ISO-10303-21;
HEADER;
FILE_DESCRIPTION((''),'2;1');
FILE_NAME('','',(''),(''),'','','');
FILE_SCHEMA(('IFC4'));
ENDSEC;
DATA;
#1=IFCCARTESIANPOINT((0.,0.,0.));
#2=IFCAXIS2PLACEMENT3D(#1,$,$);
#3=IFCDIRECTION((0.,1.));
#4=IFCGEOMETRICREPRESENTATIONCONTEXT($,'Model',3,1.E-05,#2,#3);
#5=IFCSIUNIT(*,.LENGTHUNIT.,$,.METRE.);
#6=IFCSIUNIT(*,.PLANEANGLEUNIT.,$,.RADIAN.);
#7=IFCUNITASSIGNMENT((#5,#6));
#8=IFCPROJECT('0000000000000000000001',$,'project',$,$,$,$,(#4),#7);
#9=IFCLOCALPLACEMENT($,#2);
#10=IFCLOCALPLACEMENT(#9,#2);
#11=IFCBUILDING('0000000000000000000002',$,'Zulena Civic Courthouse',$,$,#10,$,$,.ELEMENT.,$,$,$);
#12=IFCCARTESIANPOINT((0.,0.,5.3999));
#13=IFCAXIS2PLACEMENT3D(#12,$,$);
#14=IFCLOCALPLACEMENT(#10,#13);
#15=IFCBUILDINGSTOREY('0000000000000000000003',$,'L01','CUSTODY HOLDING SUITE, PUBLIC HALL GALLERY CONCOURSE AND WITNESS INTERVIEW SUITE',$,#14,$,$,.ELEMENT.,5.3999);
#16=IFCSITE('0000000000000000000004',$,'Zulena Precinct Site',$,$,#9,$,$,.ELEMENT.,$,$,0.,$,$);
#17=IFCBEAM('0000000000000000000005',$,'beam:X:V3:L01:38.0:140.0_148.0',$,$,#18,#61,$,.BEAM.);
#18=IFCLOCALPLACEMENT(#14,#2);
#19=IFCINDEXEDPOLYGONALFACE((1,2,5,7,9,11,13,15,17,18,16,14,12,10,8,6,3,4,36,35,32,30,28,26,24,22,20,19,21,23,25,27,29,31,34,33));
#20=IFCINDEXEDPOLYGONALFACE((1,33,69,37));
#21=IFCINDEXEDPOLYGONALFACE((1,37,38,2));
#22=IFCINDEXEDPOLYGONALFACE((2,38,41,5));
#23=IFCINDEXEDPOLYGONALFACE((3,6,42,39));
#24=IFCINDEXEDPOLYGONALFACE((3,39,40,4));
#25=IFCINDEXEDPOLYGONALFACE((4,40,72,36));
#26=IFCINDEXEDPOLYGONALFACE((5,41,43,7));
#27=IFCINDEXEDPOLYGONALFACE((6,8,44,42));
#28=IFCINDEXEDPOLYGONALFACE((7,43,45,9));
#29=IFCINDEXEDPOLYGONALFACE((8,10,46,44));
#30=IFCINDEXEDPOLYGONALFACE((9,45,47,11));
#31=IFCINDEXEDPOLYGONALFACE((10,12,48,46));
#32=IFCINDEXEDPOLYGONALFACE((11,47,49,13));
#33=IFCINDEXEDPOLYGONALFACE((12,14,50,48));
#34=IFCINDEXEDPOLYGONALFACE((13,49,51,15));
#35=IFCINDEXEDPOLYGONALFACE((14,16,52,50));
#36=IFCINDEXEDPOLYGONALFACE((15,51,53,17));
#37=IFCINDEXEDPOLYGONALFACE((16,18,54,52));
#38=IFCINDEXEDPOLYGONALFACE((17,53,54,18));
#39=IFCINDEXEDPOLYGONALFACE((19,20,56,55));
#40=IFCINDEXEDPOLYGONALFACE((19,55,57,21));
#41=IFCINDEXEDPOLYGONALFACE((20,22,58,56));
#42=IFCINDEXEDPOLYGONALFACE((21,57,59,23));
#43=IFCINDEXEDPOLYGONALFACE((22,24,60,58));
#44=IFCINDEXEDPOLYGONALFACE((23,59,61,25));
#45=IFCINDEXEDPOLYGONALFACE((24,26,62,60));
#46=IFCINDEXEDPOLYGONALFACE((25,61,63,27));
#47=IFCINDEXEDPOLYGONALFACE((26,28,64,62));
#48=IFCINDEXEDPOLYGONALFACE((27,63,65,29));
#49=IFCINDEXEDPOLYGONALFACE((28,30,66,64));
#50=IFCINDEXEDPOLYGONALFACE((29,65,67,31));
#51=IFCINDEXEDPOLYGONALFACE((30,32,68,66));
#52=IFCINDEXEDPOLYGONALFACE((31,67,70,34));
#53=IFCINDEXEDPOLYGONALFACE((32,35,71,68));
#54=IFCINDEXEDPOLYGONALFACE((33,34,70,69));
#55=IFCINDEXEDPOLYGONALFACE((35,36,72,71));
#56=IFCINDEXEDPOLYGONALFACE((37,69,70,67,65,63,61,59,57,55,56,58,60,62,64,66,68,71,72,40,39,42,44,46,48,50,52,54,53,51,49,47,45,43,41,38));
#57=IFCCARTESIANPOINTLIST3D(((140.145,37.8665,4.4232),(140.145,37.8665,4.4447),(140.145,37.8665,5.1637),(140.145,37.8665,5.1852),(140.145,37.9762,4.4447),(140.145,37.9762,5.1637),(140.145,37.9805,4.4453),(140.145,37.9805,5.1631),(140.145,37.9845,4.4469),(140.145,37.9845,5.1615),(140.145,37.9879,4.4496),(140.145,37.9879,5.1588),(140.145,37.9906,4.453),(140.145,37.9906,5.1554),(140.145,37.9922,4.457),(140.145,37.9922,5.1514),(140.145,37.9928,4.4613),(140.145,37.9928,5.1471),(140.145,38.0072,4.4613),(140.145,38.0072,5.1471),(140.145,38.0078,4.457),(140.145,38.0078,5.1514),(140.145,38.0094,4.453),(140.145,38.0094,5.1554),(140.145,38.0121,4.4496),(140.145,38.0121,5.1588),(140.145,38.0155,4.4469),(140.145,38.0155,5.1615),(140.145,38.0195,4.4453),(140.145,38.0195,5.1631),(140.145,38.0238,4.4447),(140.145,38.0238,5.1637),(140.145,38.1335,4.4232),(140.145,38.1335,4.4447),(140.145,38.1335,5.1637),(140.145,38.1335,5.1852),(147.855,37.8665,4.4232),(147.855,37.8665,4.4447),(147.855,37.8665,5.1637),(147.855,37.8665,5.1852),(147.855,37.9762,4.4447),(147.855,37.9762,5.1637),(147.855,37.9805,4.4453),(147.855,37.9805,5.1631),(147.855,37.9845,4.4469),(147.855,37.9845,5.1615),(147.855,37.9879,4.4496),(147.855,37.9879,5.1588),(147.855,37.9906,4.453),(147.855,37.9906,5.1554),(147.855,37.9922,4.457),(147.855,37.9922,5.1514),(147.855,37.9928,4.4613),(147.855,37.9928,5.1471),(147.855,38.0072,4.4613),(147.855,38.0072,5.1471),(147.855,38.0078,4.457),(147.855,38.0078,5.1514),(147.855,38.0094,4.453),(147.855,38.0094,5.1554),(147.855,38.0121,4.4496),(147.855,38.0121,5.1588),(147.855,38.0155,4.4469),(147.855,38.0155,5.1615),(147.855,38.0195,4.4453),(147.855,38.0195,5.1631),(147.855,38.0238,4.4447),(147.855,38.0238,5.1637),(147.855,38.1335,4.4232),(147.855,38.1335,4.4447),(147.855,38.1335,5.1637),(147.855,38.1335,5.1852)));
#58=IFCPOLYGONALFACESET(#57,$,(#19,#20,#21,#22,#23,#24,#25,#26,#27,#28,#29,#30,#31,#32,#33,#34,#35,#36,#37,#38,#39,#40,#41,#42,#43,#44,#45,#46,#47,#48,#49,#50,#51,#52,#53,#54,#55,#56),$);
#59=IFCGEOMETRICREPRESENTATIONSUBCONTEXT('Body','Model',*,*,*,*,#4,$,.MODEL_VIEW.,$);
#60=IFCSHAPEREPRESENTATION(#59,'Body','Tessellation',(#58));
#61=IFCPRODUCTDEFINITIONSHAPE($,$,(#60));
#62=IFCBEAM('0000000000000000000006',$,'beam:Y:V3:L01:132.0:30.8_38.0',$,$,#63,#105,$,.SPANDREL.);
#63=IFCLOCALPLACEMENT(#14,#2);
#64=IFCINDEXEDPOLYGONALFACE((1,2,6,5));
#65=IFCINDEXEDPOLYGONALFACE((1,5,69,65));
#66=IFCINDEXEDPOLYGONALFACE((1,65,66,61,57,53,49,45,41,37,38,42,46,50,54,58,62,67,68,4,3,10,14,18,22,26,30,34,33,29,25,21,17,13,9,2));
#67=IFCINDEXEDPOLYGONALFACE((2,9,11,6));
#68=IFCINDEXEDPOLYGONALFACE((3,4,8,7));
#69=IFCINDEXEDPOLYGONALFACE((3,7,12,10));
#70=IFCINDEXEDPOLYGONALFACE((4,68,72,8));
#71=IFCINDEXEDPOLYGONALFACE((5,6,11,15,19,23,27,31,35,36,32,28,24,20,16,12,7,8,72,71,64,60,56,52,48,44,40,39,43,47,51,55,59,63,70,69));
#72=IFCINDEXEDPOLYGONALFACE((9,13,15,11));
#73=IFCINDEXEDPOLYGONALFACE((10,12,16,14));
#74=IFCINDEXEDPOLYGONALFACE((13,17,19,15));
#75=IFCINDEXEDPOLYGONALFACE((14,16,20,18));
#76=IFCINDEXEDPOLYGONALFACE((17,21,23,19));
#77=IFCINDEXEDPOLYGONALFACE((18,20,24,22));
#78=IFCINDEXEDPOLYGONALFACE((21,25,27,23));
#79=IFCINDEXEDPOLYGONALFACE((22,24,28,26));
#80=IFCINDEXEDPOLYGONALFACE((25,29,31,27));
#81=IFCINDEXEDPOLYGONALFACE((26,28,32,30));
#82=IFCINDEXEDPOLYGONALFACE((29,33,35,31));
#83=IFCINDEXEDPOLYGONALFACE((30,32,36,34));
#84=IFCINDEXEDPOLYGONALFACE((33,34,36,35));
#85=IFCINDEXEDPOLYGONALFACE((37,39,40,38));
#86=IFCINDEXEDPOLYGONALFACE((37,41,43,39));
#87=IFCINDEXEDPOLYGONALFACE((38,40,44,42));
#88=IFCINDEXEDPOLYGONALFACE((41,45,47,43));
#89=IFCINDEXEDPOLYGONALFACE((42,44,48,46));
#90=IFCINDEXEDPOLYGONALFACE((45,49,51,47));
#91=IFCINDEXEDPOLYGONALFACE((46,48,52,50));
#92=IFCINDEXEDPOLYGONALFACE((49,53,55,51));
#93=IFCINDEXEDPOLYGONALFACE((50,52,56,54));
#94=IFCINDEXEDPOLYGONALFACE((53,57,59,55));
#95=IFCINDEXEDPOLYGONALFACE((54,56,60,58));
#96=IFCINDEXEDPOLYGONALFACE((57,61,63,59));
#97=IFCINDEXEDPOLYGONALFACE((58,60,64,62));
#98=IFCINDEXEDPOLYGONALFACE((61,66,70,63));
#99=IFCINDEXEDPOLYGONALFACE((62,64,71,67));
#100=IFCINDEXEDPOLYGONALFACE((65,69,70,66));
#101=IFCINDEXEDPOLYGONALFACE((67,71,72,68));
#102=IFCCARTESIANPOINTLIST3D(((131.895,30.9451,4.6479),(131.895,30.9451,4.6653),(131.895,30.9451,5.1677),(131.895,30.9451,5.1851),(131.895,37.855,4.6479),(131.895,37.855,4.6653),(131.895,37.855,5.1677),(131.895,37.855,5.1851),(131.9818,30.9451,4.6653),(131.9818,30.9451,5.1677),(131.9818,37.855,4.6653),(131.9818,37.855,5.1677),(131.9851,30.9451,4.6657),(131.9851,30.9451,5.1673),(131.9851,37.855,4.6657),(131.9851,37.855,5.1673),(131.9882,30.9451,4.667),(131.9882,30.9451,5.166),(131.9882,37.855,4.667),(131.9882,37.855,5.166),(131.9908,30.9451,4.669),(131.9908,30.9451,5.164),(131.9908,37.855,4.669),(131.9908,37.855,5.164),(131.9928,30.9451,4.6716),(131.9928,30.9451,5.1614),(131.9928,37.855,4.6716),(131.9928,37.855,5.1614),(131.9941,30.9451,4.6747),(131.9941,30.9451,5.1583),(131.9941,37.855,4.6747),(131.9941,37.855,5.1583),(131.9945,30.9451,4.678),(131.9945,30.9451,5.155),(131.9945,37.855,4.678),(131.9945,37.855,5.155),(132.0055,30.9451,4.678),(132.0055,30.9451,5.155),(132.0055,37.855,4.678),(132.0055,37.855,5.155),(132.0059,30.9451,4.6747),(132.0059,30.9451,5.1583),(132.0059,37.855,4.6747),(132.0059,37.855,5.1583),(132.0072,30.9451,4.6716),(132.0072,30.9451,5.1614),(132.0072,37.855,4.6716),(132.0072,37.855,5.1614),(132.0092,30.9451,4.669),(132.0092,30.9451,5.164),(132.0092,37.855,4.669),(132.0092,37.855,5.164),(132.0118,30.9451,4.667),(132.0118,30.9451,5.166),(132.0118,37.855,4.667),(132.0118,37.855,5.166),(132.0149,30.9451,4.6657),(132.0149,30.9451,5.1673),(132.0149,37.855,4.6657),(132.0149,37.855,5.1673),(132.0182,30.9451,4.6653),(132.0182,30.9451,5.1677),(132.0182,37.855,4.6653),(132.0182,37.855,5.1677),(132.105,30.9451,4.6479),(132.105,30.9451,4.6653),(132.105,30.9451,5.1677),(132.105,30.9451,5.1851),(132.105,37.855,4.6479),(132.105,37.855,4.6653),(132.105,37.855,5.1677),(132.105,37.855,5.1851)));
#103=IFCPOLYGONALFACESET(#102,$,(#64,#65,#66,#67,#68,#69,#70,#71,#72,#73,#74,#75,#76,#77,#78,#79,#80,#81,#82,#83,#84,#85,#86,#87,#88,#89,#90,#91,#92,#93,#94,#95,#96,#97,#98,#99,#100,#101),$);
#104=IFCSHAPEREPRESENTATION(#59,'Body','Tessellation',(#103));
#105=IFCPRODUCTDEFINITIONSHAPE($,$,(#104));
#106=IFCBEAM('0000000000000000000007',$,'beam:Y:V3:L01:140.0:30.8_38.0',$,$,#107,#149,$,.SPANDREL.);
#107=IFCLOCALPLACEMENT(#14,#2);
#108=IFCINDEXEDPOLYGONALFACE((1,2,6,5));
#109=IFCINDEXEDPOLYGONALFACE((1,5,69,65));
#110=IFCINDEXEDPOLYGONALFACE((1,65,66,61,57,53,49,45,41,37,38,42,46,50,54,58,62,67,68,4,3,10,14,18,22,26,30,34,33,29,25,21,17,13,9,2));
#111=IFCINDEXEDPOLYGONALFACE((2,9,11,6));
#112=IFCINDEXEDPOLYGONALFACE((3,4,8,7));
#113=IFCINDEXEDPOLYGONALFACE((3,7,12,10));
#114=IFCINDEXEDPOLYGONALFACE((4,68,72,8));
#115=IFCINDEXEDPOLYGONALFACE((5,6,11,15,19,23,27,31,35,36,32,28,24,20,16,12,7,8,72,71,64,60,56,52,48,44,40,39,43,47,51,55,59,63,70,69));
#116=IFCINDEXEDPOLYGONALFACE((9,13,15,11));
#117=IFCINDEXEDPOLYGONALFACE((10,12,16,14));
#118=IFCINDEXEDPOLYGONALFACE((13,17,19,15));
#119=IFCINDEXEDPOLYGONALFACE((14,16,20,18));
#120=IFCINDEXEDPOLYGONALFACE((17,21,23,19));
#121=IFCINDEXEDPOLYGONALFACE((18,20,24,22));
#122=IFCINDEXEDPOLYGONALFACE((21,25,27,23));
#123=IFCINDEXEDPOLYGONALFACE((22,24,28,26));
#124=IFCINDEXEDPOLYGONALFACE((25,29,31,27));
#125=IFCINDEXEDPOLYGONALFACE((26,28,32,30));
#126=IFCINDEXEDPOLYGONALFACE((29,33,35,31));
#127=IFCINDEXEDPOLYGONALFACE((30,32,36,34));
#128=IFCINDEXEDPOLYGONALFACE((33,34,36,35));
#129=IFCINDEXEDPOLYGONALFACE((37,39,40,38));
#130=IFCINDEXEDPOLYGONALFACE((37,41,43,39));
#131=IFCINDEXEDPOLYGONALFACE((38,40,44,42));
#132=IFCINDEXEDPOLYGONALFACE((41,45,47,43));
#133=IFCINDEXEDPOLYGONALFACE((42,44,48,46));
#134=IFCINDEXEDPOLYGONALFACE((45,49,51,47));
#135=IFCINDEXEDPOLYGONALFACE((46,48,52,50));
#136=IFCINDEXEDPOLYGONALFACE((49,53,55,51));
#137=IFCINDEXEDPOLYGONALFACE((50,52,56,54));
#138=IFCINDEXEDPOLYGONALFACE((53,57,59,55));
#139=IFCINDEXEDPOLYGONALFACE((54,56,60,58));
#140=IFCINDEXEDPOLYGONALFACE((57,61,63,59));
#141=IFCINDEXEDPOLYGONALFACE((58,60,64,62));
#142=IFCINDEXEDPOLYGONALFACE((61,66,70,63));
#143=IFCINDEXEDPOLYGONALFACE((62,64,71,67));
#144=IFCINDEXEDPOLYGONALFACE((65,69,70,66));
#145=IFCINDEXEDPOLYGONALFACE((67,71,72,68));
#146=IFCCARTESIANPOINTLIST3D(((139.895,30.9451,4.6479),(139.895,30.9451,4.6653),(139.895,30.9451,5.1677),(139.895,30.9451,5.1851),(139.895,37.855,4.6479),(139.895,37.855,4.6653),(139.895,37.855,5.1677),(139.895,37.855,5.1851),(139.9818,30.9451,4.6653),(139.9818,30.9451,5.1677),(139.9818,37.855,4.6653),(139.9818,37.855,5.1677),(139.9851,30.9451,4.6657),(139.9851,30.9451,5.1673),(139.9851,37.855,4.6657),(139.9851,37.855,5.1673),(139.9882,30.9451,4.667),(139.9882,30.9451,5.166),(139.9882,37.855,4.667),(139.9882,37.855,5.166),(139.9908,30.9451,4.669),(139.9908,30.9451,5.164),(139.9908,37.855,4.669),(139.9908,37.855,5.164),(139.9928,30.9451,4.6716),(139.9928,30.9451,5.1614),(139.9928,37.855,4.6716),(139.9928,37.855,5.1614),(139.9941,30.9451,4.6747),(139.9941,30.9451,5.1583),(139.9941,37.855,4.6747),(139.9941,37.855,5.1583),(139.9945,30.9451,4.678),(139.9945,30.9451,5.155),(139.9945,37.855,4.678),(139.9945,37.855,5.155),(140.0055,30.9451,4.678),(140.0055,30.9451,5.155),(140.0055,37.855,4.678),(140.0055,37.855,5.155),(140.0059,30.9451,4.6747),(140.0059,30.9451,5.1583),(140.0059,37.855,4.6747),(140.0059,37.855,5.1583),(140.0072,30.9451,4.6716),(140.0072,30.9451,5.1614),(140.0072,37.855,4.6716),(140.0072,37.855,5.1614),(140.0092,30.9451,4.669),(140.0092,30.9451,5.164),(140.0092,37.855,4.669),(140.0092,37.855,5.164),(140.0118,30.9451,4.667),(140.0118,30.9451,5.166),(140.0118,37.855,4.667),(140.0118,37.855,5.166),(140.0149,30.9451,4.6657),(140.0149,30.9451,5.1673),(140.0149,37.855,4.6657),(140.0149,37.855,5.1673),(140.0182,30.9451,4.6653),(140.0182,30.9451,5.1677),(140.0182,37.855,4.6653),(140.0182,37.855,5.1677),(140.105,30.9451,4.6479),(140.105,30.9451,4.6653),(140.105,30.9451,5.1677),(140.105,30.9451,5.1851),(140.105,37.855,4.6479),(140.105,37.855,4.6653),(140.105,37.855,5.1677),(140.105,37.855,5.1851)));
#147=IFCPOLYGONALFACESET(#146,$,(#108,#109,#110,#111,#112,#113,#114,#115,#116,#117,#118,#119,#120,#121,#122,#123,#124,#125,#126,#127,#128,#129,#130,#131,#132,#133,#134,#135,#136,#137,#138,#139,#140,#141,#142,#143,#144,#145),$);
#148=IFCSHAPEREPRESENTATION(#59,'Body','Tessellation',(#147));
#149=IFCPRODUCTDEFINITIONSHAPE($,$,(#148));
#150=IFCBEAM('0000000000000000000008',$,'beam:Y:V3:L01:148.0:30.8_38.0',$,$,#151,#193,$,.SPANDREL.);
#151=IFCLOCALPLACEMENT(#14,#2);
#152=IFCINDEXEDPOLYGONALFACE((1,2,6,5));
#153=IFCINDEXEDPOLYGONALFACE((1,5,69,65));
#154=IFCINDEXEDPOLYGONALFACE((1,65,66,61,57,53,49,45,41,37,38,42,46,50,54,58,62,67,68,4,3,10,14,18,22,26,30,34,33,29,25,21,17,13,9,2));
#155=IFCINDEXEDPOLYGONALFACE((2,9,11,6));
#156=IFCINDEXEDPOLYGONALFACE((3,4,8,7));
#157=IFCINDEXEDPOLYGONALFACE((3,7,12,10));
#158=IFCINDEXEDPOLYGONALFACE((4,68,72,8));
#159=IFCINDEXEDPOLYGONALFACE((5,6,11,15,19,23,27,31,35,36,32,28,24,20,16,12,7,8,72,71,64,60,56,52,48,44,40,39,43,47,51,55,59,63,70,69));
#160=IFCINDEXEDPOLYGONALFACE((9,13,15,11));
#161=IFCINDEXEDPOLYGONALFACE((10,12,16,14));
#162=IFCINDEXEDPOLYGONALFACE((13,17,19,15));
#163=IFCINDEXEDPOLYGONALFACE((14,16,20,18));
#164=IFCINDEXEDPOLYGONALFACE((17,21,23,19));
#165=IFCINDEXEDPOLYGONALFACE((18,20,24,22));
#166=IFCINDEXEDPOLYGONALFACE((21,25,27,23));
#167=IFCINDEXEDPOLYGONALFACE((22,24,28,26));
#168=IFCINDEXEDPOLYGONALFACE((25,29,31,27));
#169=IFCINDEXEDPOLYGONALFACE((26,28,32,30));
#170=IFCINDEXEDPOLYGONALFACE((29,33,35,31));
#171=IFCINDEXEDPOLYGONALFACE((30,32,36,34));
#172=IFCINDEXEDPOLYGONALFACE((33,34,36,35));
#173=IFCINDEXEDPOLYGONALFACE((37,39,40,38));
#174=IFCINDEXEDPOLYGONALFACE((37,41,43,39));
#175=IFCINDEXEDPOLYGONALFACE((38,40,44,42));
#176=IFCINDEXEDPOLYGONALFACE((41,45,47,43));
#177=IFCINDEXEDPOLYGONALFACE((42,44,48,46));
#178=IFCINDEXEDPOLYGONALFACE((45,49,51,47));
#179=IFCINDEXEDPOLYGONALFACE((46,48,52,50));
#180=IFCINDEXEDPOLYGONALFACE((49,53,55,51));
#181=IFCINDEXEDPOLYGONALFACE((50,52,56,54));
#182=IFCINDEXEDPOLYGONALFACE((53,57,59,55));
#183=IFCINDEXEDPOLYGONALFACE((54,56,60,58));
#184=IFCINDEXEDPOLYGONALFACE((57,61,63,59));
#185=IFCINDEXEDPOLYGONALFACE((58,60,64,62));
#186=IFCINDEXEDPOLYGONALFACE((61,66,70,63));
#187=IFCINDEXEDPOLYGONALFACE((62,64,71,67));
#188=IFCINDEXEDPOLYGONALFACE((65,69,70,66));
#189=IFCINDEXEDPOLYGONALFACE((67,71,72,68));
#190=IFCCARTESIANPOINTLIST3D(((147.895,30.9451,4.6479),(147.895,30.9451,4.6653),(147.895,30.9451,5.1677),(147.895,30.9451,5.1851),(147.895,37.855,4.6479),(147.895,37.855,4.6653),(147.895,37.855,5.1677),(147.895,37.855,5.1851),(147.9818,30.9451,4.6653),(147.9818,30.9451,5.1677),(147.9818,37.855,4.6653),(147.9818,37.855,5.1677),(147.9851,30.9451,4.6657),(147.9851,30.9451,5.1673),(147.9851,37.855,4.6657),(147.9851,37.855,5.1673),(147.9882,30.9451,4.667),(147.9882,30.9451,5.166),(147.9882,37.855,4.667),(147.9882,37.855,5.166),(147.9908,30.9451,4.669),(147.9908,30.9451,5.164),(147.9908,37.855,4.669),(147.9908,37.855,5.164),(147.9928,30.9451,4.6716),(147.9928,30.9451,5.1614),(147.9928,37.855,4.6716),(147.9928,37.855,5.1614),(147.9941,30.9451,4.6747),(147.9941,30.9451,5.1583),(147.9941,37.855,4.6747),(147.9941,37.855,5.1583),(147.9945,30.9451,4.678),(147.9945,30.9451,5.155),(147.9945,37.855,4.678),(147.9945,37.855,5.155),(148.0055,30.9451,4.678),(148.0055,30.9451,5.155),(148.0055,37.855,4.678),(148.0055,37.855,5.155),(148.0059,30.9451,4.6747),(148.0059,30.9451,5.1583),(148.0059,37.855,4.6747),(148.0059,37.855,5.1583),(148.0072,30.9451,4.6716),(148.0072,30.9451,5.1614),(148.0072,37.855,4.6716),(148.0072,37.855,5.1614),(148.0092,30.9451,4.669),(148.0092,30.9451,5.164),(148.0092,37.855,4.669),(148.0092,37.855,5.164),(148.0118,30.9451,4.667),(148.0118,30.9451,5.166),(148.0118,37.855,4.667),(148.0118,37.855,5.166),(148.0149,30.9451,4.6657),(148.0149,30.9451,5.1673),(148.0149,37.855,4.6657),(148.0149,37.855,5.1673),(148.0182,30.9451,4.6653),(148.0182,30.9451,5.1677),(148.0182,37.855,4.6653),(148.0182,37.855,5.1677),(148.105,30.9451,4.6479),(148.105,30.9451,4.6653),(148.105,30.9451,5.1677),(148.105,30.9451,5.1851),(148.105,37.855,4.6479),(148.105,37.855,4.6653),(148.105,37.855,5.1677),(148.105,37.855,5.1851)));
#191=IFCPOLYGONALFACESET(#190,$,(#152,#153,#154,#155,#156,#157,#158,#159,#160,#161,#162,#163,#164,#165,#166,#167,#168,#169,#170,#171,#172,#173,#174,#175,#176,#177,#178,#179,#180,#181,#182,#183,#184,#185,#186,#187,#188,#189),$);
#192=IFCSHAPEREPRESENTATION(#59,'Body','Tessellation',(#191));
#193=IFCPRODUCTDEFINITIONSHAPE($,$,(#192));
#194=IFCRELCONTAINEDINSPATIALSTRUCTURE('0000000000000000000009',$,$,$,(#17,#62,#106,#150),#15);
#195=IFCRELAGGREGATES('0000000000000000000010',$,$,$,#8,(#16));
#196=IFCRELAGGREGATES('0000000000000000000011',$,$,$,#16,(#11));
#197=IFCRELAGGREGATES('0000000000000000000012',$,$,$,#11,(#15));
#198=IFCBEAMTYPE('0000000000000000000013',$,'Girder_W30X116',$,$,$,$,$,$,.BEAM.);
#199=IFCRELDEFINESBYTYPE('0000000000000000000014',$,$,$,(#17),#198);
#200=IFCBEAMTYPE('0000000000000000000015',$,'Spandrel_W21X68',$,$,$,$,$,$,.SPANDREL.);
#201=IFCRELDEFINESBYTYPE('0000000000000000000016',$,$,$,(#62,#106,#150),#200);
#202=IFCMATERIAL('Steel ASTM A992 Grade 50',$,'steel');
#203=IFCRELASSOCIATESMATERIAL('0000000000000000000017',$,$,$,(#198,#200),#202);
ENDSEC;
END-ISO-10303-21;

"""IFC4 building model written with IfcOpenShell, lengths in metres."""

from ifc_helpers import new_model, si_unit, direction, frame, origin, origin_2d, place, context, subcontext, project, spatial, i_section, extrude, material, material_profile, profile_set, type_object, element, save


model = new_model("IFC4")

# Units and contexts
model_context = context("Model", 3, precision=1e-05, world=origin(), true_north=direction((0.0, 1.0)))
body_context = subcontext(model_context, "Body", "Model", "MODEL_VIEW")
ifc_project = project(units=[si_unit("LENGTHUNIT", "METRE"), si_unit("PLANEANGLEUNIT", "RADIAN")], contexts=[model_context])

# Site, building, storey
site_placement = place(None, origin())
site = spatial("IfcSite", under=ifc_project, at=site_placement, Name="Zulena Precinct Site", CompositionType="ELEMENT", RefElevation=0.0)
building_placement = place(site_placement, origin())
building = spatial("IfcBuilding", under=site, at=building_placement, Name="Zulena Civic Courthouse", CompositionType="ELEMENT")
storey_placement = place(building_placement, frame((0.0, 0.0, 5.3999)))
storey = spatial("IfcBuildingStorey", under=building, at=storey_placement, Name="L01", Description="CUSTODY HOLDING SUITE, PUBLIC HALL GALLERY CONCOURSE AND WITNESS INTERVIEW SUITE", CompositionType="ELEMENT", Elevation=5.3999)

# Shared definitions
ifc_material_1 = material(Name="Steel ASTM A992 Grade 50", Category="steel")

# Beams
ifc_material_profile_1 = material_profile(ifc_material_1, i_section(OverallWidth=0.2671, OverallDepth=0.762, WebThickness=0.0144, FlangeThickness=0.0215, FilletRadius=0.0166, at=origin_2d()), Name="W30X116")
ifc_profile_set_1 = profile_set([ifc_material_profile_1], Name="Steel ASTM A992 Grade 50")
beam_type_1 = type_object("IfcBeamType", Name="Girder_W30X116", PredefinedType="BEAM", material=ifc_profile_set_1)
for number, where, z_axis, x_axis, name in (
    (1, (140.145, 38.0, 4.8042), (1.0, 0.0, 0.0), (0.0, 1.0, 0.0), "beam:X:V3:L01:38.0:140.0_148.0"),
):
    element("IfcBeam", number, at=place(storey_placement, frame(where, z_axis=z_axis, x_axis=x_axis)), inside=storey, type_object=beam_type_1, Name=name, PredefinedType="BEAM", context=body_context, shape_type="SweptSolid", body=[
        extrude(i_section(OverallWidth=0.2671, OverallDepth=0.762, WebThickness=0.0144, FlangeThickness=0.0215, FilletRadius=0.0166, at=origin_2d()), origin(), (0.0, 0.0, 1.0), 7.71),
    ])
ifc_material_profile_2 = material_profile(ifc_material_1, i_section(OverallWidth=0.21, OverallDepth=0.5371, WebThickness=0.011, FlangeThickness=0.0173, FilletRadius=0.0127, at=origin_2d()), Name="W21X68")
ifc_profile_set_2 = profile_set([ifc_material_profile_2], Name="Steel ASTM A992 Grade 50")
beam_type_2 = type_object("IfcBeamType", Name="Spandrel_W21X68", PredefinedType="SPANDREL", material=ifc_profile_set_2)
for number, where, z_axis, x_axis, name in (
    (2, (132.0, 30.9451, 4.9165), (0.0, 1.0, 0.0), (-1.0, 0.0, 0.0), "beam:Y:V3:L01:132.0:30.8_38.0"),
    (3, (140.0, 30.9451, 4.9165), (0.0, 1.0, 0.0), (-1.0, 0.0, 0.0), "beam:Y:V3:L01:140.0:30.8_38.0"),
    (4, (148.0, 30.9451, 4.9165), (0.0, 1.0, 0.0), (-1.0, 0.0, 0.0), "beam:Y:V3:L01:148.0:30.8_38.0"),
):
    element("IfcBeam", number, at=place(storey_placement, frame(where, z_axis=z_axis, x_axis=x_axis)), inside=storey, type_object=beam_type_2, Name=name, PredefinedType="SPANDREL", context=body_context, shape_type="SweptSolid", body=[
        extrude(i_section(OverallWidth=0.21, OverallDepth=0.5371, WebThickness=0.011, FlangeThickness=0.0173, FilletRadius=0.0127, at=origin_2d()), origin(), (0.0, 0.0, 1.0), 6.9099),
    ])

save(model, "model.ifc")
